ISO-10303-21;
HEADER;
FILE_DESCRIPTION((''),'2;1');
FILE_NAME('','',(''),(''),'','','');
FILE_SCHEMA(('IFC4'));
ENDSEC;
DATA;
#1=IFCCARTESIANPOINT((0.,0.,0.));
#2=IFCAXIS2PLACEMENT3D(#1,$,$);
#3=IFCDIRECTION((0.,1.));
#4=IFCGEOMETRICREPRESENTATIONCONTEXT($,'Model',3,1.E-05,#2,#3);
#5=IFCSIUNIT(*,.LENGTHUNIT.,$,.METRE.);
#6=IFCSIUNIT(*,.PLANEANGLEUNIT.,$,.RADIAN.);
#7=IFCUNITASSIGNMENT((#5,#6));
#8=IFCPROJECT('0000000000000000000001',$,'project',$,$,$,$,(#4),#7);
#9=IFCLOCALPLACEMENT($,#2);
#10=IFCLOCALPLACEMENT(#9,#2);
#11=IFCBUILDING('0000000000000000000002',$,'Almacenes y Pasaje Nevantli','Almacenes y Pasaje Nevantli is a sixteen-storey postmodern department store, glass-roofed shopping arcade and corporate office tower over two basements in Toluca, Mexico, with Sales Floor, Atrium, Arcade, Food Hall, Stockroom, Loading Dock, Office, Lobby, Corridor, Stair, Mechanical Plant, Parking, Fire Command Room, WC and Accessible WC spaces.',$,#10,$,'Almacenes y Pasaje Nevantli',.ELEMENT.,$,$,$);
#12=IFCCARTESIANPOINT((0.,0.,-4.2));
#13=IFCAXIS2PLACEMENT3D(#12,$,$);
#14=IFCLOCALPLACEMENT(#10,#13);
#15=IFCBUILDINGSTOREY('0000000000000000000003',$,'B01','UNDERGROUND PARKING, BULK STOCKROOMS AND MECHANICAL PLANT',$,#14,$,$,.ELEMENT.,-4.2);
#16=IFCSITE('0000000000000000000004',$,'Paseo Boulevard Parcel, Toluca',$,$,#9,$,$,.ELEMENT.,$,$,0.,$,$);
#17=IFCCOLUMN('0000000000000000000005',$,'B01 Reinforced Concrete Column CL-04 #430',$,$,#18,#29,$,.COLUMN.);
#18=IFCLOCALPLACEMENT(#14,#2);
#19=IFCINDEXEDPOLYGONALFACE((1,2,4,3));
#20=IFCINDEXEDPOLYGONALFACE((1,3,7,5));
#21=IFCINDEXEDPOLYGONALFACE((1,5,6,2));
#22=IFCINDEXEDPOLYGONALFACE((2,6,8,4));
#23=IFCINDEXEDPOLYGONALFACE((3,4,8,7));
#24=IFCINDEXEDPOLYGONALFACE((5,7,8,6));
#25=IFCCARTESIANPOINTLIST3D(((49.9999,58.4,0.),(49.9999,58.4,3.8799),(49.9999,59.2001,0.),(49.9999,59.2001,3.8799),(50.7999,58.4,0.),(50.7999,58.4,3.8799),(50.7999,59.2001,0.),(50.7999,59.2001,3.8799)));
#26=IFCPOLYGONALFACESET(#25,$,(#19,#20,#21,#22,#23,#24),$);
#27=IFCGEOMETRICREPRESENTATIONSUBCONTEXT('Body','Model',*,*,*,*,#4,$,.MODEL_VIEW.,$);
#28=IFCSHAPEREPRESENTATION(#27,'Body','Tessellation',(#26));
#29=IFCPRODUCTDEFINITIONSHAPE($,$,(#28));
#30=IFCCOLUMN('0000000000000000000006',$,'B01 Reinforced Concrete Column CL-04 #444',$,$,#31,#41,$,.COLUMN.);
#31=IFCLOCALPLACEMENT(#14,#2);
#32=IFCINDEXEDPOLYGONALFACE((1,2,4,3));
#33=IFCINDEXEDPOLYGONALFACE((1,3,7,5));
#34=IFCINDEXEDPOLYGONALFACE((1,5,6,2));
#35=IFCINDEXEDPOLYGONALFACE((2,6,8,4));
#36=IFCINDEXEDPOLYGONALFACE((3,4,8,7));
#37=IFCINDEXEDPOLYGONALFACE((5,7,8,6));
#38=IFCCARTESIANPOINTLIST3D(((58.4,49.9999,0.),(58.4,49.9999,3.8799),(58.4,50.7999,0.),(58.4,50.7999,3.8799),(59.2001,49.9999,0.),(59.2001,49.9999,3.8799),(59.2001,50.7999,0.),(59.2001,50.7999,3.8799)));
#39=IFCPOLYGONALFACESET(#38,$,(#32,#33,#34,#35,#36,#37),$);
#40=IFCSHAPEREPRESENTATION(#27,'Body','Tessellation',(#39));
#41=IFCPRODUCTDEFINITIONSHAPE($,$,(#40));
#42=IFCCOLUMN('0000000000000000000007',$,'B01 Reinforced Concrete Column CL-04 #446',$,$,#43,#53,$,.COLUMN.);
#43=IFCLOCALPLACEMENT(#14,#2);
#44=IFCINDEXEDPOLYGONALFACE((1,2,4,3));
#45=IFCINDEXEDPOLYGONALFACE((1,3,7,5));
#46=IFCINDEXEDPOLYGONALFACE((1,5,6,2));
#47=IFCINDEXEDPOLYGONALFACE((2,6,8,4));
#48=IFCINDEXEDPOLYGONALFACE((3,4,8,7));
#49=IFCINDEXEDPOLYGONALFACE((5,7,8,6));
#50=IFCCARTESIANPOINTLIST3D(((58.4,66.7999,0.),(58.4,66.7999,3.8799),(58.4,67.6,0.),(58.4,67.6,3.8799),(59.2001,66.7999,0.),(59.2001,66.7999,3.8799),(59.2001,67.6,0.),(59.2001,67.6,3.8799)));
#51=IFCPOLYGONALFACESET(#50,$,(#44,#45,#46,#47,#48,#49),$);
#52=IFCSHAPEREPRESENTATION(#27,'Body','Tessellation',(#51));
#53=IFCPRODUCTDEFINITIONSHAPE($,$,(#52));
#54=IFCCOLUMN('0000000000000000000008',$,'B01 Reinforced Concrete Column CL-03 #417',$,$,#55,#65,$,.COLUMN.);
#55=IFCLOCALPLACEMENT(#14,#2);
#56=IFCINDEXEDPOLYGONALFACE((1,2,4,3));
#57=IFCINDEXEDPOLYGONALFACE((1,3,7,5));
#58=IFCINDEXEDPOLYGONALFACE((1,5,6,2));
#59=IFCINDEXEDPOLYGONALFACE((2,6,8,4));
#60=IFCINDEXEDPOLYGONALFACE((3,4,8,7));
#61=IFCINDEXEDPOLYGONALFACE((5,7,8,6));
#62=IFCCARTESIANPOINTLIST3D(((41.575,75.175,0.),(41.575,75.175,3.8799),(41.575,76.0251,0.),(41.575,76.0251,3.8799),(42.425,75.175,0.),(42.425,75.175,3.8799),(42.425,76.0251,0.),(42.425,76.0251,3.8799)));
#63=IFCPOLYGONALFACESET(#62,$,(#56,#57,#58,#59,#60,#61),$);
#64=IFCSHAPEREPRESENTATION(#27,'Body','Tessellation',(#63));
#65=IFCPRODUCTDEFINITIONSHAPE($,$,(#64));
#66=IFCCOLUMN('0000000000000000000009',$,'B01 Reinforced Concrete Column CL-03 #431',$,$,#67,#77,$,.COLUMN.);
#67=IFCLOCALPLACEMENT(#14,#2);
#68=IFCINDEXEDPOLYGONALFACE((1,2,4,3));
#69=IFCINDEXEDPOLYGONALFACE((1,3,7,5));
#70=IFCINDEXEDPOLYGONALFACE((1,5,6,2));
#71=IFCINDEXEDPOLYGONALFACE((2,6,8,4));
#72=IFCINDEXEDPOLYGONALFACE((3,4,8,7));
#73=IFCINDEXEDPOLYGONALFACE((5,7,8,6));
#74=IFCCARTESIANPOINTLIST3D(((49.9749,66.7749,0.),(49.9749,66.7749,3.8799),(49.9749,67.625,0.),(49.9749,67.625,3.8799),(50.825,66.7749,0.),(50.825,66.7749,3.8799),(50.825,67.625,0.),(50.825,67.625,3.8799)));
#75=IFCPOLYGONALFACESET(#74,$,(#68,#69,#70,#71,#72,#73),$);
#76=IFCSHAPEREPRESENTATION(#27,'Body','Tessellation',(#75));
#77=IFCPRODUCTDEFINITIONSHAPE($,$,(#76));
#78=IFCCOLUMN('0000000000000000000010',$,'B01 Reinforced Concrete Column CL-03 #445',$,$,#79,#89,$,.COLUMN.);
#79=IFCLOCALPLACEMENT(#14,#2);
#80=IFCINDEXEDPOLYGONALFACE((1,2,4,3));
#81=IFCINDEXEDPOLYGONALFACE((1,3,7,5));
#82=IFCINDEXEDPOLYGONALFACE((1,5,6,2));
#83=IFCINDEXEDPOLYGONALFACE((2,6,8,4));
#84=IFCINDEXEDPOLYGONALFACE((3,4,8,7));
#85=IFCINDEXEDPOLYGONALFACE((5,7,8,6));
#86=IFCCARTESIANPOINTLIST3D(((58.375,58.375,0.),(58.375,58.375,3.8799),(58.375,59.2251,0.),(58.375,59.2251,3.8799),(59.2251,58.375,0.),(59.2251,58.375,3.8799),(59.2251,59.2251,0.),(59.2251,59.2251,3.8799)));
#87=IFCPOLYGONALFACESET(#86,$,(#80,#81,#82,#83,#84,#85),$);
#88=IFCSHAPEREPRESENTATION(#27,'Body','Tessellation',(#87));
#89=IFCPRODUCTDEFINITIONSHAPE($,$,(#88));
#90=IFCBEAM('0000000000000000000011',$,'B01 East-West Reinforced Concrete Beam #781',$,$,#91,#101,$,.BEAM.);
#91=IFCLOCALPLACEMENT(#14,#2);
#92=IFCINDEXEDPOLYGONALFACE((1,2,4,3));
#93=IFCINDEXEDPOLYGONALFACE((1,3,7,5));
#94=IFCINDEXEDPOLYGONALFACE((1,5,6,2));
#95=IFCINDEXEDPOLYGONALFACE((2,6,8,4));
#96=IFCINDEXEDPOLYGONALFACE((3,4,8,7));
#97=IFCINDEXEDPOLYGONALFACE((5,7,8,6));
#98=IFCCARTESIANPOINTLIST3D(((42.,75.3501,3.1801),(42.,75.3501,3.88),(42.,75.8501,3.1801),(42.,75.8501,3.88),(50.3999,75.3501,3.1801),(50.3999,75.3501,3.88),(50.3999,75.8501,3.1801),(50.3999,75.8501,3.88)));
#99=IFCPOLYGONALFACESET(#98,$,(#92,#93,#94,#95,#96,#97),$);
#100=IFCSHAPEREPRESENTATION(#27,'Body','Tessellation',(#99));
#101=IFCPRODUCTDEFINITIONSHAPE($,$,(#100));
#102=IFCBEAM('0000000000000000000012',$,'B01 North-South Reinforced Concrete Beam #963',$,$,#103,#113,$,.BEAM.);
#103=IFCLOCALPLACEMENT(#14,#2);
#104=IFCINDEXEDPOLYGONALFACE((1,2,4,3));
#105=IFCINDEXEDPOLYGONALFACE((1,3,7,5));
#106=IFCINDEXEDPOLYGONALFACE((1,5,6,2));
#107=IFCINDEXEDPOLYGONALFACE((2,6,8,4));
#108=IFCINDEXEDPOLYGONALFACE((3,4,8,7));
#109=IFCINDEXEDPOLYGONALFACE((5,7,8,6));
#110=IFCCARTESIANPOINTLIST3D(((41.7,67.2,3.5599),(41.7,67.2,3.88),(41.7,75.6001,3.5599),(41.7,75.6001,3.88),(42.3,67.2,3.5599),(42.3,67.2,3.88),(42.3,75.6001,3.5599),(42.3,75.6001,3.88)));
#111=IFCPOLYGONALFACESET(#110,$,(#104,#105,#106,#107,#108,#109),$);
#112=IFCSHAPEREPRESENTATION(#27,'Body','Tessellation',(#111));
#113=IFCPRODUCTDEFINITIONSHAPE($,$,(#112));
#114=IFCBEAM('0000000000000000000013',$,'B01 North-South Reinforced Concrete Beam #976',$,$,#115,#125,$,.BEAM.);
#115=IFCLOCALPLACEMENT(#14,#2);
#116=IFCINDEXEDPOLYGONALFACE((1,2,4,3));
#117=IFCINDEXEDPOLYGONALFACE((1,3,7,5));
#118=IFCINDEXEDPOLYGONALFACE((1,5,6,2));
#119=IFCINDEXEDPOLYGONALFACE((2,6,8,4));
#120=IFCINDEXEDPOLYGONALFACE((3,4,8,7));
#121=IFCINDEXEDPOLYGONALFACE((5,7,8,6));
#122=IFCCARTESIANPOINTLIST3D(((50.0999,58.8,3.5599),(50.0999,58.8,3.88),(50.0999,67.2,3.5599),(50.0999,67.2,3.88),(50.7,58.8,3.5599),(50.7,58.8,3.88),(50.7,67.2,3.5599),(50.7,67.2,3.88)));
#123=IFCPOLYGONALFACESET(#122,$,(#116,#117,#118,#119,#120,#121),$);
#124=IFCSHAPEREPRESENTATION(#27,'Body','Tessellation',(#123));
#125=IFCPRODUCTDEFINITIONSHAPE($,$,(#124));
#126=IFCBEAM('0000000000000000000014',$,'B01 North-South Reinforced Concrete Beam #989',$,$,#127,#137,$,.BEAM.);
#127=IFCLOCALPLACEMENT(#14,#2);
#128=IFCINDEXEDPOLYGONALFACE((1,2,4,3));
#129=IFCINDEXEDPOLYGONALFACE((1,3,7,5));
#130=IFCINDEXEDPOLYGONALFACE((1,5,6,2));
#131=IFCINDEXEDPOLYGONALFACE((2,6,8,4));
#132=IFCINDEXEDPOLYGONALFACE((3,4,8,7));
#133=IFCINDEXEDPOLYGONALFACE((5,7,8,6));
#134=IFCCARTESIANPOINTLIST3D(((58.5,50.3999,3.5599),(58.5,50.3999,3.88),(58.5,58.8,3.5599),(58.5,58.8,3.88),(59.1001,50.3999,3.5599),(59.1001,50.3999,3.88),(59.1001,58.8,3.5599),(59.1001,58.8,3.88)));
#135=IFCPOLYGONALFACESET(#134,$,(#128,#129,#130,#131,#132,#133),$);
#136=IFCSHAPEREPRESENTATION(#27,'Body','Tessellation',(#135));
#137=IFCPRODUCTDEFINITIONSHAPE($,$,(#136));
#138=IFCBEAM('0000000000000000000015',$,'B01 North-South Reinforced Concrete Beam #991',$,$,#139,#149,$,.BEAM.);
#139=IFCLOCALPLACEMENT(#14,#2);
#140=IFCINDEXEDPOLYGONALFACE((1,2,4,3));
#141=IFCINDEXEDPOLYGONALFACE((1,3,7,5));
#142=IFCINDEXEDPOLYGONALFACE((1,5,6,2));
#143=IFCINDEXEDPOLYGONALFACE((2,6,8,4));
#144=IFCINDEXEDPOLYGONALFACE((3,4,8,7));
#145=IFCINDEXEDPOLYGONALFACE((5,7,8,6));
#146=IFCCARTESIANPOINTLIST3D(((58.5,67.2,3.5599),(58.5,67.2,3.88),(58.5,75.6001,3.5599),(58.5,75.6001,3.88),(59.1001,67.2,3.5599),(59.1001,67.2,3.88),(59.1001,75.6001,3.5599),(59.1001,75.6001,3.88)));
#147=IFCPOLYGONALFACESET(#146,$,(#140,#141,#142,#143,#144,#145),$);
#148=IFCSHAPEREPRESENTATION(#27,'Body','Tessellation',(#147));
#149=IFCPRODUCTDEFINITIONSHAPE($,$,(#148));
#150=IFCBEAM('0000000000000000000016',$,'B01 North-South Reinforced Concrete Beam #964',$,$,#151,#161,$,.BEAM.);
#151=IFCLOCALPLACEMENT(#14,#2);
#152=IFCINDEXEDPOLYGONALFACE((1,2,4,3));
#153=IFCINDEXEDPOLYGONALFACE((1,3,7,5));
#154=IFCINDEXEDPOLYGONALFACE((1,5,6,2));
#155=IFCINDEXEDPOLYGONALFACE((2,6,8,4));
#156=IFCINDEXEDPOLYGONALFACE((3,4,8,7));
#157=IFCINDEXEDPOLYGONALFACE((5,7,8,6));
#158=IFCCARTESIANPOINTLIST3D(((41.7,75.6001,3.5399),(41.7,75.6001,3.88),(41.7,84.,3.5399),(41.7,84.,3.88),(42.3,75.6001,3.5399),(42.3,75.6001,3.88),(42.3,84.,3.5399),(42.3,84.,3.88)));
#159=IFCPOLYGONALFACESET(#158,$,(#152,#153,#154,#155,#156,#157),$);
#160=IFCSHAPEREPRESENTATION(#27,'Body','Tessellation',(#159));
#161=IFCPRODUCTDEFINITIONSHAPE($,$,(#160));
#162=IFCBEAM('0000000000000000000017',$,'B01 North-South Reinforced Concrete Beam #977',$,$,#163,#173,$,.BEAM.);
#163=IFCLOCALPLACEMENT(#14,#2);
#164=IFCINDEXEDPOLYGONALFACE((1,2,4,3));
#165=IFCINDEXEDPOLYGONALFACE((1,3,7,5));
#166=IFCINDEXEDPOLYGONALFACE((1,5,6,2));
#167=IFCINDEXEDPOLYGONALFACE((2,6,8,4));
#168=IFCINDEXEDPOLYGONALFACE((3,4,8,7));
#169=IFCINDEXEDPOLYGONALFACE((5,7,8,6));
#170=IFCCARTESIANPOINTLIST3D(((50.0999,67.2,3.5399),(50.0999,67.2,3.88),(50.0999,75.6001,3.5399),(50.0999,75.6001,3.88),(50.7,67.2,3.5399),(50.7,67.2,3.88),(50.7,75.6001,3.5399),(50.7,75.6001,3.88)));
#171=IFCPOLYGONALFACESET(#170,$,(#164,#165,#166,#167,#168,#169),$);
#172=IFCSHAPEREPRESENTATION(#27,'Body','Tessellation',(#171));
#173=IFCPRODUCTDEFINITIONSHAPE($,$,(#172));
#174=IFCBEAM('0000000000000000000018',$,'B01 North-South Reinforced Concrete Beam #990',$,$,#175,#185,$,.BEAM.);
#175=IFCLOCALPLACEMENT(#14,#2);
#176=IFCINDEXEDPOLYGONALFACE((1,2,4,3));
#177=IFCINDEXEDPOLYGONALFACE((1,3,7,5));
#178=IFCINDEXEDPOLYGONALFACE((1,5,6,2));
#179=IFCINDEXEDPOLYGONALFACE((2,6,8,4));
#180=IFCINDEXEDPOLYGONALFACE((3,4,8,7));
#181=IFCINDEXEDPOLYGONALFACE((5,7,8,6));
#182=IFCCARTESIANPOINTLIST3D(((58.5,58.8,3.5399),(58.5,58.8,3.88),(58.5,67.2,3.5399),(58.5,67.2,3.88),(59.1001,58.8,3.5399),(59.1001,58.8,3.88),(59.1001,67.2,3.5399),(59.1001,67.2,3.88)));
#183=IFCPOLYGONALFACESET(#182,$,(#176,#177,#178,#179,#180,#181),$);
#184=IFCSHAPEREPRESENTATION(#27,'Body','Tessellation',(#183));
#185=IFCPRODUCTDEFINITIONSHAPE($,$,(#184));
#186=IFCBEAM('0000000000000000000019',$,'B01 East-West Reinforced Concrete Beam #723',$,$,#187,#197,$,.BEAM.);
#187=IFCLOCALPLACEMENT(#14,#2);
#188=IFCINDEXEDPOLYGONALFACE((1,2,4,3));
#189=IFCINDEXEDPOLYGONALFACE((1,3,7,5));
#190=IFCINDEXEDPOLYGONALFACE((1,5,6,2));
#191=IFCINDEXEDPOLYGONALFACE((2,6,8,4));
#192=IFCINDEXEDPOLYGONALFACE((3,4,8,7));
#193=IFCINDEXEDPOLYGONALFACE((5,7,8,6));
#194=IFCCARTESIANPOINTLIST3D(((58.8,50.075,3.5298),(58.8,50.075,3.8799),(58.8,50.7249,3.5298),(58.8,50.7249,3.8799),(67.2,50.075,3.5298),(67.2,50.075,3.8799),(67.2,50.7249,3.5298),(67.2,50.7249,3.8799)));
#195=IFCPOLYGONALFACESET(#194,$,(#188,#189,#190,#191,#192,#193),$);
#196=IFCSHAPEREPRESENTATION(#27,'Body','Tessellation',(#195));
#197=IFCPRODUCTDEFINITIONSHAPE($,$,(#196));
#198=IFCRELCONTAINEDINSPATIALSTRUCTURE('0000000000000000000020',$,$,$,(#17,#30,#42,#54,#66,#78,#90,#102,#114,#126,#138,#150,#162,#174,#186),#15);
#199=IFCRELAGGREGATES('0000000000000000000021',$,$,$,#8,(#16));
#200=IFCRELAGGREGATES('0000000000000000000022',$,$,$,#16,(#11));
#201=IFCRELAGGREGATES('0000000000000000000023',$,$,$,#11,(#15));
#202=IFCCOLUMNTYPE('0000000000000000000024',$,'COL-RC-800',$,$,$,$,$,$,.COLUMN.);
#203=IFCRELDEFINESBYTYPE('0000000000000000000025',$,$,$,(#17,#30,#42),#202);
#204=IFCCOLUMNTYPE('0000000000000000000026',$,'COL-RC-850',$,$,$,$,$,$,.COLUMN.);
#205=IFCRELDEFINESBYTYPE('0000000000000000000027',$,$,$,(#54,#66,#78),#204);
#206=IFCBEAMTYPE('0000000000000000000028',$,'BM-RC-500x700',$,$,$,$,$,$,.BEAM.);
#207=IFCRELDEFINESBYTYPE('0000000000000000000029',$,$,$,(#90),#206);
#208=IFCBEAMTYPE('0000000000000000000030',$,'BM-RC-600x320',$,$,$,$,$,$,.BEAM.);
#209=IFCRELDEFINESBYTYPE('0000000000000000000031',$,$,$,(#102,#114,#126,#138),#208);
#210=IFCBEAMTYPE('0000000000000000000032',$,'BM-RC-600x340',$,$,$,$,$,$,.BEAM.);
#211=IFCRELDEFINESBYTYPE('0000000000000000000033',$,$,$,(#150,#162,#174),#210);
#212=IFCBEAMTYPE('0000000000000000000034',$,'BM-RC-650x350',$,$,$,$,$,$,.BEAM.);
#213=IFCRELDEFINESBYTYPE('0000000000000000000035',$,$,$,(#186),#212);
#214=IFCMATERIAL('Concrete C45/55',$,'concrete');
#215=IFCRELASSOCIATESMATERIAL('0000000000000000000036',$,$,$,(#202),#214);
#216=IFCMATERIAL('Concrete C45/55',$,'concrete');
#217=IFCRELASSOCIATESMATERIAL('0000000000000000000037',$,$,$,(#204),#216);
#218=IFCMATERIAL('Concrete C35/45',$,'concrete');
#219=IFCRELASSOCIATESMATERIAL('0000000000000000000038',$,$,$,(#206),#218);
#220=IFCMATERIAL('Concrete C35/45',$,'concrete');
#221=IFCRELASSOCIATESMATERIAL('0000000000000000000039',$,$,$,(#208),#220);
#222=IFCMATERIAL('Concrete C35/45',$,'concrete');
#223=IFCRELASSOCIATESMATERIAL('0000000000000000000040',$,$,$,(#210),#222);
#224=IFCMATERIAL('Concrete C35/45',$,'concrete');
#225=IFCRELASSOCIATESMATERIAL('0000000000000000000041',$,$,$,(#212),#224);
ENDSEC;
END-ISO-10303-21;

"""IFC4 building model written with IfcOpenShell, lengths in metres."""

from ifc_helpers import new_model, si_unit, direction, frame, origin, origin_2d, place, context, subcontext, project, spatial, rectangle, extrude, material, material_profile, profile_set, type_object, element, save


model = new_model("IFC4")

# Units and contexts
model_context = context("Model", 3, precision=1e-05, world=origin(), true_north=direction((0.0, 1.0)))
body_context = subcontext(model_context, "Body", "Model", "MODEL_VIEW")
ifc_project = project(units=[si_unit("LENGTHUNIT", "METRE"), si_unit("PLANEANGLEUNIT", "RADIAN")], contexts=[model_context])

# Site, building, storey
site_placement = place(None, origin())
site = spatial("IfcSite", under=ifc_project, at=site_placement, Name="Paseo Boulevard Parcel, Toluca", CompositionType="ELEMENT", RefElevation=0.0)
building_placement = place(site_placement, origin())
building = spatial("IfcBuilding", under=site, at=building_placement, Name="Almacenes y Pasaje Nevantli", Description="Almacenes y Pasaje Nevantli is a sixteen-storey postmodern department store, glass-roofed shopping arcade and corporate office tower over two basements in Toluca, Mexico, with Sales Floor, Atrium, Arcade, Food Hall, Stockroom, Loading Dock, Office, Lobby, Corridor, Stair, Mechanical Plant, Parking, Fire Command Room, WC and Accessible WC spaces.", LongName="Almacenes y Pasaje Nevantli", CompositionType="ELEMENT")
storey_placement = place(building_placement, frame((0.0, 0.0, -4.2)))
storey = spatial("IfcBuildingStorey", under=building, at=storey_placement, Name="B01", Description="UNDERGROUND PARKING, BULK STOCKROOMS AND MECHANICAL PLANT", CompositionType="ELEMENT", Elevation=-4.2)

# Columns
ifc_material_1 = material(Name="Concrete C45/55", Category="concrete")
ifc_material_profile_1 = material_profile(ifc_material_1, rectangle(XDim=0.8, YDim=0.8, at=origin_2d()), Name="RC-COL-800x800")
ifc_profile_set_1 = profile_set([ifc_material_profile_1], Name="Concrete C45/55")
column_type_1 = type_object("IfcColumnType", Name="COL-RC-800", PredefinedType="COLUMN", material=ifc_profile_set_1)
for number, where, z_axis, x_axis, name in (
    (1, (50.3999, 58.8, 0.0), (0.0, 0.0, 1.0), (1.0, 0.0, 0.0), "B01 Reinforced Concrete Column CL-04 #430"),
    (2, (58.8, 50.3999, 0.0), (0.0, 0.0, 1.0), (1.0, 0.0, 0.0), "B01 Reinforced Concrete Column CL-04 #444"),
    (3, (58.8, 67.2, 0.0), (0.0, 0.0, 1.0), (1.0, 0.0, 0.0), "B01 Reinforced Concrete Column CL-04 #446"),
):
    element("IfcColumn", number, at=place(storey_placement, frame(where, z_axis=z_axis, x_axis=x_axis)), inside=storey, type_object=column_type_1, Name=name, PredefinedType="COLUMN", context=body_context, shape_type="SweptSolid", body=[
        extrude(rectangle(XDim=0.8, YDim=0.8, at=origin_2d()), origin(), (0.0, 0.0, 1.0), 3.8799),
    ])
ifc_material_2 = material(Name="Concrete C45/55", Category="concrete")
ifc_material_profile_2 = material_profile(ifc_material_2, rectangle(XDim=0.8501, YDim=0.8501, at=origin_2d()), Name="RC-COL-850x850")
ifc_profile_set_2 = profile_set([ifc_material_profile_2], Name="Concrete C45/55")
column_type_2 = type_object("IfcColumnType", Name="COL-RC-850", PredefinedType="COLUMN", material=ifc_profile_set_2)
for number, where, z_axis, x_axis, name in (
    (4, (42.0, 75.6001, 0.0), (0.0, 0.0, 1.0), (1.0, 0.0, 0.0), "B01 Reinforced Concrete Column CL-03 #417"),
    (5, (50.3999, 67.2, 0.0), (0.0, 0.0, 1.0), (1.0, 0.0, 0.0), "B01 Reinforced Concrete Column CL-03 #431"),
    (6, (58.8, 58.8, 0.0), (0.0, 0.0, 1.0), (1.0, 0.0, 0.0), "B01 Reinforced Concrete Column CL-03 #445"),
):
    element("IfcColumn", number, at=place(storey_placement, frame(where, z_axis=z_axis, x_axis=x_axis)), inside=storey, type_object=column_type_2, Name=name, PredefinedType="COLUMN", context=body_context, shape_type="SweptSolid", body=[
        extrude(rectangle(XDim=0.8501, YDim=0.8501, at=origin_2d()), origin(), (0.0, 0.0, 1.0), 3.8799),
    ])

# Beams
ifc_material_3 = material(Name="Concrete C35/45", Category="concrete")
ifc_material_profile_3 = material_profile(ifc_material_3, rectangle(XDim=0.5, YDim=0.7, at=origin_2d()), Name="RC-BM-500x700")
ifc_profile_set_3 = profile_set([ifc_material_profile_3], Name="Concrete C35/45")
beam_type_1 = type_object("IfcBeamType", Name="BM-RC-500x700", PredefinedType="BEAM", material=ifc_profile_set_3)
beam_1_placement = place(storey_placement, frame((42.0, 75.6001, 3.53), z_axis=(1.0, 0.0, 0.0), x_axis=(0.0, 1.0, 0.0)))
element("IfcBeam", 7, at=beam_1_placement, inside=storey, type_object=beam_type_1, Name="B01 East-West Reinforced Concrete Beam #781", PredefinedType="BEAM", context=body_context, shape_type="SweptSolid", body=[
    extrude(rectangle(XDim=0.5, YDim=0.7, at=origin_2d()), origin(), (0.0, 0.0, 1.0), 8.3999),
])
ifc_material_4 = material(Name="Concrete C35/45", Category="concrete")
ifc_material_profile_4 = material_profile(ifc_material_4, rectangle(XDim=0.6001, YDim=0.3201, at=origin_2d()), Name="RC-BM-600x320")
ifc_profile_set_4 = profile_set([ifc_material_profile_4], Name="Concrete C35/45")
beam_type_2 = type_object("IfcBeamType", Name="BM-RC-600x320", PredefinedType="BEAM", material=ifc_profile_set_4)
beam_2_placement = place(storey_placement, frame((42.0, 67.2, 3.72), z_axis=(0.0, 1.0, 0.0), x_axis=(-1.0, 0.0, 0.0)))
element("IfcBeam", 8, at=beam_2_placement, inside=storey, type_object=beam_type_2, Name="B01 North-South Reinforced Concrete Beam #963", PredefinedType="BEAM", context=body_context, shape_type="SweptSolid", body=[
    extrude(rectangle(XDim=0.6001, YDim=0.3201, at=origin_2d()), origin(), (0.0, 0.0, 1.0), 8.4001),
])
beam_3_placement = place(storey_placement, frame((50.3999, 58.8, 3.72), z_axis=(0.0, 1.0, 0.0), x_axis=(-1.0, 0.0, 0.0)))
element("IfcBeam", 9, at=beam_3_placement, inside=storey, type_object=beam_type_2, Name="B01 North-South Reinforced Concrete Beam #976", PredefinedType="BEAM", context=body_context, shape_type="SweptSolid", body=[
    extrude(rectangle(XDim=0.6001, YDim=0.3201, at=origin_2d()), origin(), (0.0, 0.0, 1.0), 8.3999),
])
for number, where, z_axis, x_axis, name in (
    (10, (58.8, 50.3999, 3.72), (0.0, 1.0, 0.0), (-1.0, 0.0, 0.0), "B01 North-South Reinforced Concrete Beam #989"),
    (11, (58.8, 67.2, 3.72), (0.0, 1.0, 0.0), (-1.0, 0.0, 0.0), "B01 North-South Reinforced Concrete Beam #991"),
):
    element("IfcBeam", number, at=place(storey_placement, frame(where, z_axis=z_axis, x_axis=x_axis)), inside=storey, type_object=beam_type_2, Name=name, PredefinedType="BEAM", context=body_context, shape_type="SweptSolid", body=[
        extrude(rectangle(XDim=0.6001, YDim=0.3201, at=origin_2d()), origin(), (0.0, 0.0, 1.0), 8.4001),
    ])
ifc_material_5 = material(Name="Concrete C35/45", Category="concrete")
ifc_material_profile_5 = material_profile(ifc_material_5, rectangle(XDim=0.6001, YDim=0.3401, at=origin_2d()), Name="RC-BM-600x340")
ifc_profile_set_5 = profile_set([ifc_material_profile_5], Name="Concrete C35/45")
beam_type_3 = type_object("IfcBeamType", Name="BM-RC-600x340", PredefinedType="BEAM", material=ifc_profile_set_5)
beam_4_placement = place(storey_placement, frame((42.0, 75.6001, 3.71), z_axis=(0.0, 1.0, 0.0), x_axis=(-1.0, 0.0, 0.0)))
element("IfcBeam", 12, at=beam_4_placement, inside=storey, type_object=beam_type_3, Name="B01 North-South Reinforced Concrete Beam #964", PredefinedType="BEAM", context=body_context, shape_type="SweptSolid", body=[
    extrude(rectangle(XDim=0.6001, YDim=0.3401, at=origin_2d()), origin(), (0.0, 0.0, 1.0), 8.3999),
])
beam_5_placement = place(storey_placement, frame((50.3999, 67.2, 3.71), z_axis=(0.0, 1.0, 0.0), x_axis=(-1.0, 0.0, 0.0)))
element("IfcBeam", 13, at=beam_5_placement, inside=storey, type_object=beam_type_3, Name="B01 North-South Reinforced Concrete Beam #977", PredefinedType="BEAM", context=body_context, shape_type="SweptSolid", body=[
    extrude(rectangle(XDim=0.6001, YDim=0.3401, at=origin_2d()), origin(), (0.0, 0.0, 1.0), 8.4001),
])
beam_6_placement = place(storey_placement, frame((58.8, 58.8, 3.71), z_axis=(0.0, 1.0, 0.0), x_axis=(-1.0, 0.0, 0.0)))
element("IfcBeam", 14, at=beam_6_placement, inside=storey, type_object=beam_type_3, Name="B01 North-South Reinforced Concrete Beam #990", PredefinedType="BEAM", context=body_context, shape_type="SweptSolid", body=[
    extrude(rectangle(XDim=0.6001, YDim=0.3401, at=origin_2d()), origin(), (0.0, 0.0, 1.0), 8.3999),
])
ifc_material_6 = material(Name="Concrete C35/45", Category="concrete")
ifc_material_profile_6 = material_profile(ifc_material_6, rectangle(XDim=0.6499, YDim=0.3501, at=origin_2d()), Name="RC-BM-650x350")
ifc_profile_set_6 = profile_set([ifc_material_profile_6], Name="Concrete C35/45")
beam_type_4 = type_object("IfcBeamType", Name="BM-RC-650x350", PredefinedType="BEAM", material=ifc_profile_set_6)
beam_7_placement = place(storey_placement, frame((58.8, 50.3999, 3.7048), z_axis=(1.0, 0.0, 0.0), x_axis=(0.0, 1.0, 0.0)))
element("IfcBeam", 15, at=beam_7_placement, inside=storey, type_object=beam_type_4, Name="B01 East-West Reinforced Concrete Beam #723", PredefinedType="BEAM", context=body_context, shape_type="SweptSolid", body=[
    extrude(rectangle(XDim=0.6499, YDim=0.3501, at=origin_2d()), origin(), (0.0, 0.0, 1.0), 8.3999),
])

save(model, "model.ifc")
